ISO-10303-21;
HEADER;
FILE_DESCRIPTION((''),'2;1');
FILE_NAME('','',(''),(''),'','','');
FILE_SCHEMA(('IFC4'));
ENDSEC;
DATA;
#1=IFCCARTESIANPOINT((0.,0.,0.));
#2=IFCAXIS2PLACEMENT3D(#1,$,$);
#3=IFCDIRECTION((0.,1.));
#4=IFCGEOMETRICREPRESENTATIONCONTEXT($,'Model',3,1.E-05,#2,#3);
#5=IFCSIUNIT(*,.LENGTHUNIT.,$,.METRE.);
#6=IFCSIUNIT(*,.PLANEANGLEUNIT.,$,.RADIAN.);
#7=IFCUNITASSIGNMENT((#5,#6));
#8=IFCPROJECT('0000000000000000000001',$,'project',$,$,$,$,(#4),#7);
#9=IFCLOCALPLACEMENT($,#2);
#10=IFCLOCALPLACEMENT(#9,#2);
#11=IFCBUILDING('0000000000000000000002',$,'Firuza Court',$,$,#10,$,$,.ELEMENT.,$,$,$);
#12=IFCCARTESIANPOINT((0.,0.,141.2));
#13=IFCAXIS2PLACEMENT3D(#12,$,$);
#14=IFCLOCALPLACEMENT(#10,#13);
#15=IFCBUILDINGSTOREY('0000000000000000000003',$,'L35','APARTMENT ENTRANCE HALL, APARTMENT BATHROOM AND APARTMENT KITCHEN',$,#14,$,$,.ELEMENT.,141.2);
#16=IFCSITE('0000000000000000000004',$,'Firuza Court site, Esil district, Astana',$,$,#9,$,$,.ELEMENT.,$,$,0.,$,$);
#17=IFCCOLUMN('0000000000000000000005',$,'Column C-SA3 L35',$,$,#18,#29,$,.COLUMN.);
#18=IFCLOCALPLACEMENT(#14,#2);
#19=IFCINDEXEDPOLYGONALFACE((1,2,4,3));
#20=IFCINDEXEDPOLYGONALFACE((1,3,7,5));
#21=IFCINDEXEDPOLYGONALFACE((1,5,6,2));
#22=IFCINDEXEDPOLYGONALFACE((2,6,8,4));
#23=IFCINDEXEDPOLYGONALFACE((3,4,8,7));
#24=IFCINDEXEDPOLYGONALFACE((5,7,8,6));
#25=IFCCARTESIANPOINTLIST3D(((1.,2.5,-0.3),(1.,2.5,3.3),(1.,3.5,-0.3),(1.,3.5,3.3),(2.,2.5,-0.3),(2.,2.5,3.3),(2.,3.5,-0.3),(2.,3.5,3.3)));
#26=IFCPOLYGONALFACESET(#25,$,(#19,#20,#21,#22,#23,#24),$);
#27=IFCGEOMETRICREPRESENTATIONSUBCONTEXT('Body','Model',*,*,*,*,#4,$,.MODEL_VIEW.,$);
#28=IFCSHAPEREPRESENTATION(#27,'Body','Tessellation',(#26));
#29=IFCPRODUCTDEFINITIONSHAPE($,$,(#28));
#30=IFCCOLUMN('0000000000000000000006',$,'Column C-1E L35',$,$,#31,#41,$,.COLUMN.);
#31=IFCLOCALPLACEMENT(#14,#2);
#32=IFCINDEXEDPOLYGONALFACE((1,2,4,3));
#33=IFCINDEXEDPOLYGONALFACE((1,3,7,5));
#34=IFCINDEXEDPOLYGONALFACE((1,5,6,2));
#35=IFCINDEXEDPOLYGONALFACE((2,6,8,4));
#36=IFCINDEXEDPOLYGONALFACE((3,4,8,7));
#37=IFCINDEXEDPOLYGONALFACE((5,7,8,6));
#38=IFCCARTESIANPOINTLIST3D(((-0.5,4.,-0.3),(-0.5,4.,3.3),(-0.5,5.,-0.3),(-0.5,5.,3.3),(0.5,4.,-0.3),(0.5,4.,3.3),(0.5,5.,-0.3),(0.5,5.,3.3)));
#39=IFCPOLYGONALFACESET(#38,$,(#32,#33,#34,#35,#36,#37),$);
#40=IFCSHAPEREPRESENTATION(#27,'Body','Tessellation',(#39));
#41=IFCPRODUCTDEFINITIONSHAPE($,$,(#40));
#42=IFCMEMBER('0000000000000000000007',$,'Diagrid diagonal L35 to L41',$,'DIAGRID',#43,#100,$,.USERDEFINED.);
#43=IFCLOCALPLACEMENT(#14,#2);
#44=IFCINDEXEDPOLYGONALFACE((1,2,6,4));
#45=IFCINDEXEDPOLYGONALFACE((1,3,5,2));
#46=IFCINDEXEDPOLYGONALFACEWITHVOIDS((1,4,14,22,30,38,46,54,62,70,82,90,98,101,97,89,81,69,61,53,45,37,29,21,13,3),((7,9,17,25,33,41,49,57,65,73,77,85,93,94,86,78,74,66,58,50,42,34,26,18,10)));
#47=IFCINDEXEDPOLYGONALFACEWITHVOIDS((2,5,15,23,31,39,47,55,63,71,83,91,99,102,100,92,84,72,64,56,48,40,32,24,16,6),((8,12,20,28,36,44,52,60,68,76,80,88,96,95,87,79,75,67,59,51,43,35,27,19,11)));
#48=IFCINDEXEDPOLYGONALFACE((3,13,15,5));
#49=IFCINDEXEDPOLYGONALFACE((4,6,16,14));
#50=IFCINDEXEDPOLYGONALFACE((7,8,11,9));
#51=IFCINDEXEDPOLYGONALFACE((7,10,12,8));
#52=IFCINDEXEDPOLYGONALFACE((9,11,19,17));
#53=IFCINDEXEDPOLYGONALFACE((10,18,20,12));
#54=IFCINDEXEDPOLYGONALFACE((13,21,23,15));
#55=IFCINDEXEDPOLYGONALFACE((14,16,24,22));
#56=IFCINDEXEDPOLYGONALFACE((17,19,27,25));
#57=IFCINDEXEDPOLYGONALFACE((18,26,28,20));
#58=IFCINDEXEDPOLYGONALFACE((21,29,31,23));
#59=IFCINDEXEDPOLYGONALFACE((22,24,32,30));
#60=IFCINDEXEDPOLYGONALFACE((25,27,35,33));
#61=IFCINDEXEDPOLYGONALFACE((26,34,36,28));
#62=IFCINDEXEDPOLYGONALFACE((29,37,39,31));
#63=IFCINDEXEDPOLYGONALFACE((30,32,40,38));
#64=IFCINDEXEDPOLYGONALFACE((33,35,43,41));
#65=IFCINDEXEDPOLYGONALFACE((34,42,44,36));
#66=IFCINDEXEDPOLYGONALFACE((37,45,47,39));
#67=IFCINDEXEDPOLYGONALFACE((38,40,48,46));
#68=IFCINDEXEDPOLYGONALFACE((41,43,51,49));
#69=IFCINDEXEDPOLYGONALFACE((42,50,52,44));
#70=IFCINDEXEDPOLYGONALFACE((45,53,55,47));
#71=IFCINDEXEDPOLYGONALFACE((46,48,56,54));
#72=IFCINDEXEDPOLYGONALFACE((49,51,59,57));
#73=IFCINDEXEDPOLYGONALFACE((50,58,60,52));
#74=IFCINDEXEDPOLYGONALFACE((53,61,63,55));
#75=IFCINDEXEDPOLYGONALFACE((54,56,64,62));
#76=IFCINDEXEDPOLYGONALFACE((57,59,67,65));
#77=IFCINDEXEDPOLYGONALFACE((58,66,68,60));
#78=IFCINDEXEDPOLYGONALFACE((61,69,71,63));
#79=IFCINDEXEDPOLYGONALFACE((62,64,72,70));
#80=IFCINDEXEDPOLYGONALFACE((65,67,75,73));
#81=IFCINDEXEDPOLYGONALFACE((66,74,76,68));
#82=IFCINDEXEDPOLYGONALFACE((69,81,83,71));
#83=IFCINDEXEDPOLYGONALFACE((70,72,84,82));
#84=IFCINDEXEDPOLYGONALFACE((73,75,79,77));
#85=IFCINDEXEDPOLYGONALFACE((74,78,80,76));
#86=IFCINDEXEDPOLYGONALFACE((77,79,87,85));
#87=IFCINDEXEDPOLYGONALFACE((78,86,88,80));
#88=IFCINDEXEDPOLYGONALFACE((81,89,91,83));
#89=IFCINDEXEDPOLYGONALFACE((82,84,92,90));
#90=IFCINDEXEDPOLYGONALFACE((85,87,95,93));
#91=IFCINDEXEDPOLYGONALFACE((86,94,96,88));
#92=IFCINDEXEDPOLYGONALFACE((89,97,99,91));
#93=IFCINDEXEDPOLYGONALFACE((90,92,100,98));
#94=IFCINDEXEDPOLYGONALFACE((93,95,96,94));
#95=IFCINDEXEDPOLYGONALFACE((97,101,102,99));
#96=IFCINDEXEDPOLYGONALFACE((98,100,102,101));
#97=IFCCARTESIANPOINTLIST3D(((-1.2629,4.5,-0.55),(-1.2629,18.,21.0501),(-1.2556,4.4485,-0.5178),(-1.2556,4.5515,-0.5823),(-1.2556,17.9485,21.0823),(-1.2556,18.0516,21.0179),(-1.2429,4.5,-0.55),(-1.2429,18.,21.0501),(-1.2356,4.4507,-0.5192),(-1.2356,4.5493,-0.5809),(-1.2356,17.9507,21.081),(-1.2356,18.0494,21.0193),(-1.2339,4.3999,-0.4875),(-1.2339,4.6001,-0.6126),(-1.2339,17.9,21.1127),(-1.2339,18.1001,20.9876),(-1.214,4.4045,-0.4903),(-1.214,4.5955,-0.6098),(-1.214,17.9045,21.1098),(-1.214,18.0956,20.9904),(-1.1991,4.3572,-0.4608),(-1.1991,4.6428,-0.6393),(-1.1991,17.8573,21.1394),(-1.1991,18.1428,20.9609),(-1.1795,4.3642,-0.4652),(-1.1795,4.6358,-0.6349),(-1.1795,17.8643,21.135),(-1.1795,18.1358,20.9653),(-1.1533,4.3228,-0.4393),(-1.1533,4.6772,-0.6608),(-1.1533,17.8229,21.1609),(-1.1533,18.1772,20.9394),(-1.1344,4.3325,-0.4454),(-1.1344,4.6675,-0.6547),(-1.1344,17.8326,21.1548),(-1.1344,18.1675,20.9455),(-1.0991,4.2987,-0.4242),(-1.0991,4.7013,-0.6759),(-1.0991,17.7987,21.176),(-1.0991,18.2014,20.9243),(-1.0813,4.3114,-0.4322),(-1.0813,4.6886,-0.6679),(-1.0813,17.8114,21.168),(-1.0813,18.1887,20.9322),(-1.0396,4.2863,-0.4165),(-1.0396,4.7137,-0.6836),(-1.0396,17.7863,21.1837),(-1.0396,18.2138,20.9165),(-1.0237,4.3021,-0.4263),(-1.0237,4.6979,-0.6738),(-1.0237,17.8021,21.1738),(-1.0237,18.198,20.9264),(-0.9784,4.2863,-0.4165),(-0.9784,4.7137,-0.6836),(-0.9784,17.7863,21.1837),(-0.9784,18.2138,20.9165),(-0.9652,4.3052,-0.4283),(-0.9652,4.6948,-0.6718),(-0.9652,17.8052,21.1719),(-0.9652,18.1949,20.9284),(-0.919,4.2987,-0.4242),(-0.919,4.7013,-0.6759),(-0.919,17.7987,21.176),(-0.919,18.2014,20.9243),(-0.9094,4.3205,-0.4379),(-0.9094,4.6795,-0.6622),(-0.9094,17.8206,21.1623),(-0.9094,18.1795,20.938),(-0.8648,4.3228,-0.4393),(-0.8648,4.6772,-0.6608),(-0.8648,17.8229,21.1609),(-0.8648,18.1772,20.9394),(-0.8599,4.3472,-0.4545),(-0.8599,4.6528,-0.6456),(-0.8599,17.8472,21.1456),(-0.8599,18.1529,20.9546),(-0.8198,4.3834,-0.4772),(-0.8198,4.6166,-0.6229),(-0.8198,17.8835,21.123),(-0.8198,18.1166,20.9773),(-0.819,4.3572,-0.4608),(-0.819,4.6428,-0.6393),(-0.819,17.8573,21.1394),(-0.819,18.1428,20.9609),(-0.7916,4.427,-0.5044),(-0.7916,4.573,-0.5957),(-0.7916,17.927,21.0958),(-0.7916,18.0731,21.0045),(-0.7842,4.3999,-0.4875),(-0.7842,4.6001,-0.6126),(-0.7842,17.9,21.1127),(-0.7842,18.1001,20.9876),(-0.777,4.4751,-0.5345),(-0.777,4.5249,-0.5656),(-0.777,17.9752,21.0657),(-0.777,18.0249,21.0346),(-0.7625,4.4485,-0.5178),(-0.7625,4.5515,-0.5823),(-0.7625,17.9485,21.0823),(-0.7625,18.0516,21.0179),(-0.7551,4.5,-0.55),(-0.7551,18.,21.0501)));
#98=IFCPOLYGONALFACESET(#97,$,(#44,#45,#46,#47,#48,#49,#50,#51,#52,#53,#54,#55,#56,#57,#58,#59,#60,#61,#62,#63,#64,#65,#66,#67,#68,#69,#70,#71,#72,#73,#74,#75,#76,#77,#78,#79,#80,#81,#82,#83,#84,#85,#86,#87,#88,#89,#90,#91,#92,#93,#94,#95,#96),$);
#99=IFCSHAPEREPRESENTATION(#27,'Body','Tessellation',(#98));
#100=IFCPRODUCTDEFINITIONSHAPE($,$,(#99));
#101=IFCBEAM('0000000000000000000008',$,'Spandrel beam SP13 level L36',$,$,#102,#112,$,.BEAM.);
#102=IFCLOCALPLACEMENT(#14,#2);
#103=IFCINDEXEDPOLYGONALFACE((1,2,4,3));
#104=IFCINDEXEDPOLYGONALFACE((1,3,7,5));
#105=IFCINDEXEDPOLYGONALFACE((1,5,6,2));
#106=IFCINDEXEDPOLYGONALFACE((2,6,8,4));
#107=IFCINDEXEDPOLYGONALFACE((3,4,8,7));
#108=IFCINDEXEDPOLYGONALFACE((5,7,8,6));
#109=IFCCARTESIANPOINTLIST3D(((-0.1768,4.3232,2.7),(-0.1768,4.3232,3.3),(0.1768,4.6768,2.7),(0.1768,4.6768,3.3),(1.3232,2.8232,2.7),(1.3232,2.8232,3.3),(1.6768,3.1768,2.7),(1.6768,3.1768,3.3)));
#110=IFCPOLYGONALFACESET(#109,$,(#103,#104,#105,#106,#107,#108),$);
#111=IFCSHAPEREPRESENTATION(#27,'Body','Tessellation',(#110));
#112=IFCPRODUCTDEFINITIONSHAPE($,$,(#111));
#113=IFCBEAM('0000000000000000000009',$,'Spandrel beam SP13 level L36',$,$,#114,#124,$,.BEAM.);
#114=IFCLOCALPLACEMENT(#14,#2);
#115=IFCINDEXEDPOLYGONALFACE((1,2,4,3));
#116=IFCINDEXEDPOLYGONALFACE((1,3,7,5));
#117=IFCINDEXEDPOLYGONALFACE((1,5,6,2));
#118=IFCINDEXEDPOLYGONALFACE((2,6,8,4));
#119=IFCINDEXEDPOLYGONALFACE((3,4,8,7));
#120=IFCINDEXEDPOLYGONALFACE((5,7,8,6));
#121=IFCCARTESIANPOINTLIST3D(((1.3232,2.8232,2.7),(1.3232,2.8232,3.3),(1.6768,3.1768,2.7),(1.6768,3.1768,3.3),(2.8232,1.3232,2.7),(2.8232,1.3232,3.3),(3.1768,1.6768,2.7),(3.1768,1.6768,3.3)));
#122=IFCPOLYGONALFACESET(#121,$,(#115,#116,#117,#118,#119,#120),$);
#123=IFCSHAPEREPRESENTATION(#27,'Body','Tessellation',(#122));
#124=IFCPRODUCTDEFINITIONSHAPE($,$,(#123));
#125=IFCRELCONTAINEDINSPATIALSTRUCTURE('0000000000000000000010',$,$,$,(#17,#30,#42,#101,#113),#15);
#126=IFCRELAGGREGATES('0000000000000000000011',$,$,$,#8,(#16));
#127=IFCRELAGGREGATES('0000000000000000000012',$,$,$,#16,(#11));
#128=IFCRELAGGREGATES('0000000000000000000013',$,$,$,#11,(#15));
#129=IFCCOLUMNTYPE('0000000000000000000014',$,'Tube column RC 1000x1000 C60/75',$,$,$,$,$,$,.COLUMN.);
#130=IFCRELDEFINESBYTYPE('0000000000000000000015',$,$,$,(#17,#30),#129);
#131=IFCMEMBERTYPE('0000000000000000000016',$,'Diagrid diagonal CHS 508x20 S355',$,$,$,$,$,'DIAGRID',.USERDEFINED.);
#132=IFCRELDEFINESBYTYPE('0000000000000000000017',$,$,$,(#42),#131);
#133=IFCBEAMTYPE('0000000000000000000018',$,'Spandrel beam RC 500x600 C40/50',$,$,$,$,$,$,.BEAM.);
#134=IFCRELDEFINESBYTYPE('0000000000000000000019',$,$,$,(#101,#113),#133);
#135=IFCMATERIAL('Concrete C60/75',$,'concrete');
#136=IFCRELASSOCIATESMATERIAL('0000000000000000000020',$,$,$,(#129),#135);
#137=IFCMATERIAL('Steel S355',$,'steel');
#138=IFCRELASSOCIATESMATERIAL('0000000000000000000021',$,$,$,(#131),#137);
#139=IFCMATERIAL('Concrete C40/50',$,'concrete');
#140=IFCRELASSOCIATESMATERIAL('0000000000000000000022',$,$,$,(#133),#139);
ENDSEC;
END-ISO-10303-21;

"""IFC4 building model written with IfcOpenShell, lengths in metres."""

from ifc_helpers import new_model, si_unit, direction, frame, origin, origin_2d, place, context, subcontext, project, spatial, rectangle, hollow_circle, extrude, material, material_profile, profile_set, type_object, element, save


model = new_model("IFC4")

# Units and contexts
model_context = context("Model", 3, precision=1e-05, world=origin(), true_north=direction((0.0, 1.0)))
body_context = subcontext(model_context, "Body", "Model", "MODEL_VIEW")
ifc_project = project(units=[si_unit("LENGTHUNIT", "METRE"), si_unit("PLANEANGLEUNIT", "RADIAN")], contexts=[model_context])

# Site, building, storey
site_placement = place(None, origin())
site = spatial("IfcSite", under=ifc_project, at=site_placement, Name="Firuza Court site, Esil district, Astana", CompositionType="ELEMENT", RefElevation=0.0)
building_placement = place(site_placement, origin())
building = spatial("IfcBuilding", under=site, at=building_placement, Name="Firuza Court", CompositionType="ELEMENT")
storey_placement = place(building_placement, frame((0.0, 0.0, 141.2)))
storey = spatial("IfcBuildingStorey", under=building, at=storey_placement, Name="L35", Description="APARTMENT ENTRANCE HALL, APARTMENT BATHROOM AND APARTMENT KITCHEN", CompositionType="ELEMENT", Elevation=141.2)

# Columns
ifc_material_1 = material(Name="Concrete C60/75", Category="concrete")
ifc_material_profile_1 = material_profile(ifc_material_1, rectangle(XDim=1.0, YDim=1.0, at=origin_2d()), Name="RC 1000x1000")
ifc_profile_set_1 = profile_set([ifc_material_profile_1], Name="Concrete C60/75")
column_type = type_object("IfcColumnType", Name="Tube column RC 1000x1000 C60/75", PredefinedType="COLUMN", material=ifc_profile_set_1)
for number, where, z_axis, x_axis, name in (
    (1, (1.5, 3.0, -0.3), (0.0, 0.0, 1.0), (1.0, 0.0, 0.0), "Column C-SA3 L35"),
    (2, (0.0, 4.5, -0.3), (0.0, 0.0, 1.0), (1.0, 0.0, 0.0), "Column C-1E L35"),
):
    element("IfcColumn", number, at=place(storey_placement, frame(where, z_axis=z_axis, x_axis=x_axis)), inside=storey, type_object=column_type, Name=name, PredefinedType="COLUMN", context=body_context, shape_type="SweptSolid", body=[
        extrude(rectangle(XDim=1.0, YDim=1.0, at=origin_2d()), origin(), (0.0, 0.0, 1.0), 3.6001),
    ])

# Member
ifc_material_2 = material(Name="Steel S355", Category="steel")
ifc_material_profile_2 = material_profile(ifc_material_2, hollow_circle(Radius=0.2539, WallThickness=0.02, at=origin_2d()), Name="CHS 508x20")
ifc_profile_set_2 = profile_set([ifc_material_profile_2], Name="Steel S355")
member_type = type_object("IfcMemberType", Name="Diagrid diagonal CHS 508x20 S355", ElementType="DIAGRID", PredefinedType="USERDEFINED", material=ifc_profile_set_2)
member_placement = place(storey_placement, frame((-1.009, 4.5, -0.55), z_axis=(0.0, 0.529997, 0.847999), x_axis=(-1.0, 0.0, 0.0)))
element("IfcMember", 3, at=member_placement, inside=storey, type_object=member_type, Name="Diagrid diagonal L35 to L41", ObjectType="DIAGRID", PredefinedType="USERDEFINED", context=body_context, shape_type="SweptSolid", body=[
    extrude(hollow_circle(Radius=0.2539, WallThickness=0.02, at=origin_2d()), origin(), (0.0, 0.0, 1.0), 25.4719),
])

# Beams
ifc_material_3 = material(Name="Concrete C40/50", Category="concrete")
ifc_material_profile_3 = material_profile(ifc_material_3, rectangle(XDim=0.5, YDim=0.6001, at=origin_2d()), Name="RC 500x600")
ifc_profile_set_3 = profile_set([ifc_material_profile_3], Name="Concrete C40/50")
beam_type = type_object("IfcBeamType", Name="Spandrel beam RC 500x600 C40/50", PredefinedType="BEAM", material=ifc_profile_set_3)
for number, where, z_axis, x_axis, name in (
    (4, (0.0, 4.5, 3.0), (0.707107, -0.707107, 0.0), (0.707107, 0.707107, 0.0), "Spandrel beam SP13 level L36"),
    (5, (1.5, 3.0, 3.0), (0.707107, -0.707107, 0.0), (0.707107, 0.707107, 0.0), "Spandrel beam SP13 level L36"),
):
    element("IfcBeam", number, at=place(storey_placement, frame(where, z_axis=z_axis, x_axis=x_axis)), inside=storey, type_object=beam_type, Name=name, PredefinedType="BEAM", context=body_context, shape_type="SweptSolid", body=[
        extrude(rectangle(XDim=0.5, YDim=0.6001, at=origin_2d()), origin(), (0.0, 0.0, 1.0), 2.1213),
    ])

save(model, "model.ifc")
